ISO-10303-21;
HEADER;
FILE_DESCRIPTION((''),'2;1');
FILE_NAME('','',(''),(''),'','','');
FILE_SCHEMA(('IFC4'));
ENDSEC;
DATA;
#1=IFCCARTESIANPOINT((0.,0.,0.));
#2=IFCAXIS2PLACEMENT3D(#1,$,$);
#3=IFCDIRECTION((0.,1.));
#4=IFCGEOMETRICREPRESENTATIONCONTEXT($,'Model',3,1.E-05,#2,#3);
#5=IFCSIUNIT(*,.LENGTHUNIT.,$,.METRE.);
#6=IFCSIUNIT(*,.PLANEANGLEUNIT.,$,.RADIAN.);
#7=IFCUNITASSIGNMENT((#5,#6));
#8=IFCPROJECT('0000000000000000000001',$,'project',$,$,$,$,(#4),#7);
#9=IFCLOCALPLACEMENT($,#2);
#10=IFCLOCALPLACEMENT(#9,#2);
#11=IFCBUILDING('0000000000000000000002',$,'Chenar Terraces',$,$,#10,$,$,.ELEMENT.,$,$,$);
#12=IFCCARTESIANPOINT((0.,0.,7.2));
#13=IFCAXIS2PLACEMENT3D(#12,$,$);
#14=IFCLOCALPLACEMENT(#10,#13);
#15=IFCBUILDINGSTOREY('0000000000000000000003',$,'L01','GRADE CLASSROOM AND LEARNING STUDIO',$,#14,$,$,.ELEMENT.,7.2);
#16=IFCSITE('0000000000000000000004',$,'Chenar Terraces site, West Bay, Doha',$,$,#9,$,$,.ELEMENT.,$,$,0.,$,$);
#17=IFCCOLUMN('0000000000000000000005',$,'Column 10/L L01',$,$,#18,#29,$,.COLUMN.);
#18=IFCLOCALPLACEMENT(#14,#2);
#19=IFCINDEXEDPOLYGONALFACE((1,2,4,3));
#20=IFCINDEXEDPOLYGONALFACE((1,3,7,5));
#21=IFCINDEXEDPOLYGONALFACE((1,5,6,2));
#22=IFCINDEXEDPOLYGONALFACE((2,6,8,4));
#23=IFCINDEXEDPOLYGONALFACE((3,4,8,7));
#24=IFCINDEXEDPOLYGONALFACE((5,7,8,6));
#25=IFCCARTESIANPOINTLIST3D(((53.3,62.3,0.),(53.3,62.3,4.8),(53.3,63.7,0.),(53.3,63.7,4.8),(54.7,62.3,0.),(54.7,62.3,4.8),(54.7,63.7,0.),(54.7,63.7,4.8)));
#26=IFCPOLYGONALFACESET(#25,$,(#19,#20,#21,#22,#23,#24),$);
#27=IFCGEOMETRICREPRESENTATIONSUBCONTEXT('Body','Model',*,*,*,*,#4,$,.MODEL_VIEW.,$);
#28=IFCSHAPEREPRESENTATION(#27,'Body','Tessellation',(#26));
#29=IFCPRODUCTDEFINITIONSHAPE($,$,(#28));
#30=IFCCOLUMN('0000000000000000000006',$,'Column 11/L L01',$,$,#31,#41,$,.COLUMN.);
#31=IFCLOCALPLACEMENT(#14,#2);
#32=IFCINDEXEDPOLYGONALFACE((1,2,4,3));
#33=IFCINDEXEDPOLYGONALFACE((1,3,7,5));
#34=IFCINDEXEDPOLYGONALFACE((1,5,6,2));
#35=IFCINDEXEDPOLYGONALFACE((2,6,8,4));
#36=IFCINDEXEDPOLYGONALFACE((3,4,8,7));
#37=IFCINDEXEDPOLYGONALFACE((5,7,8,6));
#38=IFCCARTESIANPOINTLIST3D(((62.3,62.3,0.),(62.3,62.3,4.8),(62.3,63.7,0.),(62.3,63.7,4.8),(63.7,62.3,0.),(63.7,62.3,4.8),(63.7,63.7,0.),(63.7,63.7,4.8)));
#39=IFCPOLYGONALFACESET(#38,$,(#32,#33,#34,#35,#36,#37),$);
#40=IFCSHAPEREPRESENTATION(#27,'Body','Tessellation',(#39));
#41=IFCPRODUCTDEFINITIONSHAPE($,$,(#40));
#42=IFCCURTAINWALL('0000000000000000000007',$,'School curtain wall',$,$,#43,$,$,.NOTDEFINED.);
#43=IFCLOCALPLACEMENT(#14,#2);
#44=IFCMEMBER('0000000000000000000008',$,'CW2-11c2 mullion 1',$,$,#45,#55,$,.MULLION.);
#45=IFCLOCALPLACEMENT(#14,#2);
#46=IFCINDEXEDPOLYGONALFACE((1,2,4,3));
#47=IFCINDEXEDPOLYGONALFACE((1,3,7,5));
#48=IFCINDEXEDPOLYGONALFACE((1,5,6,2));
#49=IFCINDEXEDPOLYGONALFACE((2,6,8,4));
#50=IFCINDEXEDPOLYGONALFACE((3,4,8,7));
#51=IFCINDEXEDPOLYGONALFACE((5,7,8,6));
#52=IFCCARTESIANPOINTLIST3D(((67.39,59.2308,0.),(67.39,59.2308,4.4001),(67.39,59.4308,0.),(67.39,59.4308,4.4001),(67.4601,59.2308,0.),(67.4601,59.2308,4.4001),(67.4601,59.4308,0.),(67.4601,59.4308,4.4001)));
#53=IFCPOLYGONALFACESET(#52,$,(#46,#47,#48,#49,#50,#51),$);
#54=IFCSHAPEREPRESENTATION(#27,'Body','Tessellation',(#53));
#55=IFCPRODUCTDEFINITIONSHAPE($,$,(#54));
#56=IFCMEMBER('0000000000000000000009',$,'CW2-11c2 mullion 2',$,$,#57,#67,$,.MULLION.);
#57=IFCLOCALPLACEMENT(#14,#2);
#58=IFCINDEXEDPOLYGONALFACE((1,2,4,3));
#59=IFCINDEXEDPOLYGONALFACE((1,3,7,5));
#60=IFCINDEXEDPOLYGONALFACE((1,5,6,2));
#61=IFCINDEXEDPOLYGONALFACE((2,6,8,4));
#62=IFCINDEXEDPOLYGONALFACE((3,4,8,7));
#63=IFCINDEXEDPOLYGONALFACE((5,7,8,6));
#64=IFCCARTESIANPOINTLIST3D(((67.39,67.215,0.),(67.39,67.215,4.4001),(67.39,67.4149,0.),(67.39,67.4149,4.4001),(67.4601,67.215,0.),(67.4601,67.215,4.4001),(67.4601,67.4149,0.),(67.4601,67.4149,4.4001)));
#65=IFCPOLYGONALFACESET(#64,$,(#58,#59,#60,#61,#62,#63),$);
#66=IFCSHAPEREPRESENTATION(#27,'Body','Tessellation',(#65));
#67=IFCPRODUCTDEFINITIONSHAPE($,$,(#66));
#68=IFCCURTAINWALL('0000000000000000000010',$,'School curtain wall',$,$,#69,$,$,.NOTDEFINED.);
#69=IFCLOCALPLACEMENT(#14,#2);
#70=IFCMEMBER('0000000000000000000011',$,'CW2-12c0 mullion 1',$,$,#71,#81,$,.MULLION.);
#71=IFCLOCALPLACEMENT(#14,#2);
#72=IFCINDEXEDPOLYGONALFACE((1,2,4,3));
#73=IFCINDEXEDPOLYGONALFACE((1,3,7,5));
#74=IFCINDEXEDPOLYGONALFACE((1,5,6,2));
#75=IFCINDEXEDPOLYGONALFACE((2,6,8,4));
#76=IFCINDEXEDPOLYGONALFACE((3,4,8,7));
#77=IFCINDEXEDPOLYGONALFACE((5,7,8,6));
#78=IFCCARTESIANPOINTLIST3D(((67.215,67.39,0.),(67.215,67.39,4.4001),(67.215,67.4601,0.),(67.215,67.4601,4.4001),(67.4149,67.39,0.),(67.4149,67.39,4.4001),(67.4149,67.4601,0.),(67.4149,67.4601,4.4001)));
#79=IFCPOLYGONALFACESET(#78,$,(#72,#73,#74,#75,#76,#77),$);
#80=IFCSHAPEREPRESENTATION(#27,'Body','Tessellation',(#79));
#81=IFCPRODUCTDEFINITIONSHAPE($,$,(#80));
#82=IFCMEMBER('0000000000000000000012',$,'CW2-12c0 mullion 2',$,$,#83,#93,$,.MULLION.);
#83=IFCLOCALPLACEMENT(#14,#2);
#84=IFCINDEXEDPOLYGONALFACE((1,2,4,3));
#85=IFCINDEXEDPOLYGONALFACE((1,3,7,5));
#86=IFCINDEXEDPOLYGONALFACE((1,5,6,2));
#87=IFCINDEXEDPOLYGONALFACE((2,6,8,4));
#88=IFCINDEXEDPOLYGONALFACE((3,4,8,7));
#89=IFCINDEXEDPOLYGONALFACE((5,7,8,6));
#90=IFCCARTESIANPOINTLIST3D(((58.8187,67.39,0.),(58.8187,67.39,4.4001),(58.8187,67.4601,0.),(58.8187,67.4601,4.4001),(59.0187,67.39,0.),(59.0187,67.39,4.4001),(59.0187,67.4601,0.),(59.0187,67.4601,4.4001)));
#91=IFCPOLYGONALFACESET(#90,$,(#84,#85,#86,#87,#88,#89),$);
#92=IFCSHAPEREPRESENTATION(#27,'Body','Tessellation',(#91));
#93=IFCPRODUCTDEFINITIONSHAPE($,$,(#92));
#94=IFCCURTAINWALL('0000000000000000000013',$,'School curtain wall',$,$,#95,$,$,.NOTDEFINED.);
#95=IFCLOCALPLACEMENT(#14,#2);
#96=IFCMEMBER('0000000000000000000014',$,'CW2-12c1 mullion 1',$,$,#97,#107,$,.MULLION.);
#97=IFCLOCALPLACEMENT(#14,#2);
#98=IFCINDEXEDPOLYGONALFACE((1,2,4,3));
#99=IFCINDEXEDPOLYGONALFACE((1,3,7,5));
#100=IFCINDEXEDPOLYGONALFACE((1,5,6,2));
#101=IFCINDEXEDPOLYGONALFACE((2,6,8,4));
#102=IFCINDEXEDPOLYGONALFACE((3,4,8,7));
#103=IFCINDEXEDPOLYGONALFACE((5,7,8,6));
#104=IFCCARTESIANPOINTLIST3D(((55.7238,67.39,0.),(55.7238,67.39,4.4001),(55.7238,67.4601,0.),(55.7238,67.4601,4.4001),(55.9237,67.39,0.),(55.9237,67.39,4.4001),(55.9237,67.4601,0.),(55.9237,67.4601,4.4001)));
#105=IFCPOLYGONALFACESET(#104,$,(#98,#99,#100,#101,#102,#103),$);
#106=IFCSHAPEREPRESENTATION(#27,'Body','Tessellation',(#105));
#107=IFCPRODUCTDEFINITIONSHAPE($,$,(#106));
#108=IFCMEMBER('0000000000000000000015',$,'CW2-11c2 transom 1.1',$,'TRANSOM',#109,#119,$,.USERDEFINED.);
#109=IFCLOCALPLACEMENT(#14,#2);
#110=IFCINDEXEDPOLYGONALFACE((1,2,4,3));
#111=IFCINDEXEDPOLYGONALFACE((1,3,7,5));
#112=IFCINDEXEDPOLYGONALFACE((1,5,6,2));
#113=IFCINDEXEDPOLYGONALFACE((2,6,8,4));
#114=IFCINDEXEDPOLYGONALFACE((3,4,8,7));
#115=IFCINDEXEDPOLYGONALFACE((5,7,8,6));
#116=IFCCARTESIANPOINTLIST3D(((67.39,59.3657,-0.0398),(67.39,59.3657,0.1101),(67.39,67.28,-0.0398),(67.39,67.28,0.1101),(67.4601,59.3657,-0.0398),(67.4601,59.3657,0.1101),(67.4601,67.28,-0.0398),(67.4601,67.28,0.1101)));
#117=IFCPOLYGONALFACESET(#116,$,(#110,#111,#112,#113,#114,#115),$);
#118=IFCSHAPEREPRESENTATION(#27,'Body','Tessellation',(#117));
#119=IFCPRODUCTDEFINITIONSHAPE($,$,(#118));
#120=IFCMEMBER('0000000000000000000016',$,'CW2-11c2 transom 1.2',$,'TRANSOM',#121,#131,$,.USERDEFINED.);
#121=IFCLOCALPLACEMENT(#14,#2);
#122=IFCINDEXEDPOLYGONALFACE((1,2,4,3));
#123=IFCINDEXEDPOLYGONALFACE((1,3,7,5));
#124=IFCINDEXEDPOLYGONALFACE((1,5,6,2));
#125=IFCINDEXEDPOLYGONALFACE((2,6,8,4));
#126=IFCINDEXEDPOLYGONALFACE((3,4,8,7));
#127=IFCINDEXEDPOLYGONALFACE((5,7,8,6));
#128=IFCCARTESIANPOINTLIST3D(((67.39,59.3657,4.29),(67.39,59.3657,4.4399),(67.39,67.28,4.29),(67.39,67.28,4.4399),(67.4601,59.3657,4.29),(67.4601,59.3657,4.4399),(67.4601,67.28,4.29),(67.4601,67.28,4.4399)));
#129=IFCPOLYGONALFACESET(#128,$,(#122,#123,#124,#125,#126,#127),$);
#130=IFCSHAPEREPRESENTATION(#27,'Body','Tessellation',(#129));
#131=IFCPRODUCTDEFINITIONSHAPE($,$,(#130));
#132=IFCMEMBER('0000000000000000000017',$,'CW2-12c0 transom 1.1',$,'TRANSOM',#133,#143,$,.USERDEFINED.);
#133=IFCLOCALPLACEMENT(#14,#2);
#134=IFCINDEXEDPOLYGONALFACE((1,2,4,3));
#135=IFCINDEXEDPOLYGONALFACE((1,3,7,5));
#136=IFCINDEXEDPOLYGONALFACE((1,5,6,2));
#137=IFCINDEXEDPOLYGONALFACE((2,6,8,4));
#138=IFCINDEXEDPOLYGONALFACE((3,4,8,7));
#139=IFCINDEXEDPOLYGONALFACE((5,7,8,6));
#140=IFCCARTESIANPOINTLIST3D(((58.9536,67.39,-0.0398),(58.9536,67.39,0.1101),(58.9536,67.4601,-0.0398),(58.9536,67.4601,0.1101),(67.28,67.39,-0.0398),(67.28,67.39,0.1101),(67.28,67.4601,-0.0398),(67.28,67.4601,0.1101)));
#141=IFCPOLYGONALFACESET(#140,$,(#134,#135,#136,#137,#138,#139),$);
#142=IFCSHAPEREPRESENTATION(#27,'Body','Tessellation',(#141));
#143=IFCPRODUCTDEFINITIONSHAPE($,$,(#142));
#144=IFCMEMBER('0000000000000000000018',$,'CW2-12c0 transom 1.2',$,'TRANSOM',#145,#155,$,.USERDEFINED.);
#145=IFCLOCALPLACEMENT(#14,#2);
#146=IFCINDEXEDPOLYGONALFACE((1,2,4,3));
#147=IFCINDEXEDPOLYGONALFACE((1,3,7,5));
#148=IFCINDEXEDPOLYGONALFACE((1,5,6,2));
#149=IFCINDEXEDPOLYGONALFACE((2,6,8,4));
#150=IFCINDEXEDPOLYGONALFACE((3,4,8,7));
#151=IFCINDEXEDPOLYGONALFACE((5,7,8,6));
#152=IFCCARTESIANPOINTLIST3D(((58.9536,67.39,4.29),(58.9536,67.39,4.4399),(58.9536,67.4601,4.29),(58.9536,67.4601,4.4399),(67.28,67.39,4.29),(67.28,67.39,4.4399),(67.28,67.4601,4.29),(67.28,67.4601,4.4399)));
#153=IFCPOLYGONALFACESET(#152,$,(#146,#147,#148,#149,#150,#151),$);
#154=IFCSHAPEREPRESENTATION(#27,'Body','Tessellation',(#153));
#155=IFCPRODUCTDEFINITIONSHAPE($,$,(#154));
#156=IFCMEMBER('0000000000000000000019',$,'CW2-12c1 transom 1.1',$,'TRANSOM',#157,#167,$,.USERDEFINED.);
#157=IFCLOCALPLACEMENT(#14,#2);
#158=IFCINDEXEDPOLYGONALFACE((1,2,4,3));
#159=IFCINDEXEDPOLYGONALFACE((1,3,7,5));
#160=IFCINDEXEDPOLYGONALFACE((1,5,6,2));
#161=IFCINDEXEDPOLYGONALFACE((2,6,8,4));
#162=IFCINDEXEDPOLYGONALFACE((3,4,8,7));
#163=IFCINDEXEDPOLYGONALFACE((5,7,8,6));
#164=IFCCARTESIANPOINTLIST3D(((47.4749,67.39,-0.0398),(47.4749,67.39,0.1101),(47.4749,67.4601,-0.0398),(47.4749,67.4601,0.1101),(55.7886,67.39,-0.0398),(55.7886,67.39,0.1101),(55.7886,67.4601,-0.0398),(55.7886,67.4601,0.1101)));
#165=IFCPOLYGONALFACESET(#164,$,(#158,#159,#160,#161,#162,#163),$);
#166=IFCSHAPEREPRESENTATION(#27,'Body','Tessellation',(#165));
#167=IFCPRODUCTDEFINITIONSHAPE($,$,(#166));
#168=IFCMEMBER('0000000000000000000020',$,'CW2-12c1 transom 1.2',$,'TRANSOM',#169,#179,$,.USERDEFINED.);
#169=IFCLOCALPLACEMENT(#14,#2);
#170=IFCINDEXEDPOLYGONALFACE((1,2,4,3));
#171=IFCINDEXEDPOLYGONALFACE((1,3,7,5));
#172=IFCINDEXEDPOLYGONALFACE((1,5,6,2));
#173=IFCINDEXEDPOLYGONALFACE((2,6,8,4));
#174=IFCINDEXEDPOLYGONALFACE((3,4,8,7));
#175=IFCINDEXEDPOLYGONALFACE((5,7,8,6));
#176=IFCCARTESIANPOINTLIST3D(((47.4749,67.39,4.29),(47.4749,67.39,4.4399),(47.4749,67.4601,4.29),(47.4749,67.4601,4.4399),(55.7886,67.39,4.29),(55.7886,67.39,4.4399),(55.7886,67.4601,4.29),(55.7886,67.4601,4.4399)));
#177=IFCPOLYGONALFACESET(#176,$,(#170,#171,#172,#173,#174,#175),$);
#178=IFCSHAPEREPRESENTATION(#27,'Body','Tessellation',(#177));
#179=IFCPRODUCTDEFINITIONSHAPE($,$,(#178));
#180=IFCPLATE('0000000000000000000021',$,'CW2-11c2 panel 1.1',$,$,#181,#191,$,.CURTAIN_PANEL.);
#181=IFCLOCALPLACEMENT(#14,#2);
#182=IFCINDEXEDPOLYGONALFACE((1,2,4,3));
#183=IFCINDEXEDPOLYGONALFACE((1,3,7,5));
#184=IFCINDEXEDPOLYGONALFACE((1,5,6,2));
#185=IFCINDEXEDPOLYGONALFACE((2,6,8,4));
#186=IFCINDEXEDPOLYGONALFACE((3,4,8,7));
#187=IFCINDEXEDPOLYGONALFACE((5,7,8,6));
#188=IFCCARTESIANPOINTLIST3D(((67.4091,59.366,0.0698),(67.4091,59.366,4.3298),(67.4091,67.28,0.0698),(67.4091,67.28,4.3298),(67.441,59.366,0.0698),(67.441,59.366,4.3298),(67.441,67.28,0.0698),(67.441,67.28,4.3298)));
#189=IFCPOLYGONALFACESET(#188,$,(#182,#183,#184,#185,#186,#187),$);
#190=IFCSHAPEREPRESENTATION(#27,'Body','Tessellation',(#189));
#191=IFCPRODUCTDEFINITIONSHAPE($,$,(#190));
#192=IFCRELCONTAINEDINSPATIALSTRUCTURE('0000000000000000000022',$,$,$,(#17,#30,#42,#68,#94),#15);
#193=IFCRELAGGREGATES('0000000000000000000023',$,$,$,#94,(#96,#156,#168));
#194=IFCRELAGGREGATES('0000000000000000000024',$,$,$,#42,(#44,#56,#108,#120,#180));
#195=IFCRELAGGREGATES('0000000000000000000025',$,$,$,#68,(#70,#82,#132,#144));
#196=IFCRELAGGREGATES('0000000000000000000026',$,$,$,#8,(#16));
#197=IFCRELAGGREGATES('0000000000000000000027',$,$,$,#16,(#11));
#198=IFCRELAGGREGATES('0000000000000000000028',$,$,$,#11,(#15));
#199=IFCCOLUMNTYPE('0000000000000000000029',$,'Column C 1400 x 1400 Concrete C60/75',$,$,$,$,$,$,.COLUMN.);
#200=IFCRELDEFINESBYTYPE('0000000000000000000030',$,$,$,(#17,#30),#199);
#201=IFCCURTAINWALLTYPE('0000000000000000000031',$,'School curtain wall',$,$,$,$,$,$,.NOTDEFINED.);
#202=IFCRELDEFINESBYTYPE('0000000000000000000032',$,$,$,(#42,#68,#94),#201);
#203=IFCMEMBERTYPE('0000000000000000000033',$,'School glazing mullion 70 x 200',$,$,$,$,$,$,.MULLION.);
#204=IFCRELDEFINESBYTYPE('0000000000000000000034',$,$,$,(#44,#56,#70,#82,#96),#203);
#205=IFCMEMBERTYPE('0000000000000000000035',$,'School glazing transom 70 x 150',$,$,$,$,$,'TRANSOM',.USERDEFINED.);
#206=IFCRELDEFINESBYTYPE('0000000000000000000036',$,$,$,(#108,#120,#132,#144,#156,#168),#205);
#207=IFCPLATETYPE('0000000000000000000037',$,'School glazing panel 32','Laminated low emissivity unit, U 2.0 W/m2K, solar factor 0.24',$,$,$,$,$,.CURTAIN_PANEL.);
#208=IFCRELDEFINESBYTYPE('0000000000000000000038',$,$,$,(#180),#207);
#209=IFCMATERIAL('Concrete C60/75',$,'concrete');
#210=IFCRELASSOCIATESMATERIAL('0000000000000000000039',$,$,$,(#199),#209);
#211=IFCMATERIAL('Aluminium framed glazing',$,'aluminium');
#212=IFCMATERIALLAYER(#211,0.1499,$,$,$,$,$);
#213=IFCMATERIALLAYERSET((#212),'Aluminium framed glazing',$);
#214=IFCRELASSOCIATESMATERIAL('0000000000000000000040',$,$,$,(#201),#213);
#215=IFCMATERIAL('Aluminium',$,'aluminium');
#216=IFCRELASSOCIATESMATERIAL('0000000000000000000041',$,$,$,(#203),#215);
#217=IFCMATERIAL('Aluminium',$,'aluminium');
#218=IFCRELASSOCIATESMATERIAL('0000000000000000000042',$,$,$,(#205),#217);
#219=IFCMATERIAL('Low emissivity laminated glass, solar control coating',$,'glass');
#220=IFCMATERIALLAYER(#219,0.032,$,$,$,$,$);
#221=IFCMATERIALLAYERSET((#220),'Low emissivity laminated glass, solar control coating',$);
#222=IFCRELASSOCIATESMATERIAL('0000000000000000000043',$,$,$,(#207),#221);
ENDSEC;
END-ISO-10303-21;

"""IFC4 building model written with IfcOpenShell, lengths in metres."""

from ifc_helpers import new_model, si_unit, direction, frame, origin, origin_2d, place, context, subcontext, project, spatial, rectangle, extrude, material, layer, layer_set, material_profile, profile_set, type_object, element, aggregate, save


model = new_model("IFC4")

# Units and contexts
model_context = context("Model", 3, precision=1e-05, world=origin(), true_north=direction((0.0, 1.0)))
body_context = subcontext(model_context, "Body", "Model", "MODEL_VIEW")
ifc_project = project(units=[si_unit("LENGTHUNIT", "METRE"), si_unit("PLANEANGLEUNIT", "RADIAN")], contexts=[model_context])

# Site, building, storey
site_placement = place(None, origin())
site = spatial("IfcSite", under=ifc_project, at=site_placement, Name="Chenar Terraces site, West Bay, Doha", CompositionType="ELEMENT", RefElevation=0.0)
building_placement = place(site_placement, origin())
building = spatial("IfcBuilding", under=site, at=building_placement, Name="Chenar Terraces", CompositionType="ELEMENT")
storey_placement = place(building_placement, frame((0.0, 0.0, 7.2)))
storey = spatial("IfcBuildingStorey", under=building, at=storey_placement, Name="L01", Description="GRADE CLASSROOM AND LEARNING STUDIO", CompositionType="ELEMENT", Elevation=7.2)

# Columns
ifc_material_1 = material(Name="Concrete C60/75", Category="concrete")
ifc_material_profile_1 = material_profile(ifc_material_1, rectangle(XDim=1.3999, YDim=1.3999, at=origin_2d()), Name="C 1400 x 1400")
ifc_profile_set_1 = profile_set([ifc_material_profile_1], Name="Concrete C60/75")
column_type = type_object("IfcColumnType", Name="Column C 1400 x 1400 Concrete C60/75", PredefinedType="COLUMN", material=ifc_profile_set_1)
for number, where, z_axis, x_axis, name in (
    (1, (54.0, 63.0, 0.0), (0.0, 0.0, 1.0), (1.0, 0.0, 0.0), "Column 10/L L01"),
    (2, (63.0, 63.0, 0.0), (0.0, 0.0, 1.0), (1.0, 0.0, 0.0), "Column 11/L L01"),
):
    element("IfcColumn", number, at=place(storey_placement, frame(where, z_axis=z_axis, x_axis=x_axis)), inside=storey, type_object=column_type, Name=name, PredefinedType="COLUMN", context=body_context, shape_type="SweptSolid", body=[
        extrude(rectangle(XDim=1.3999, YDim=1.3999, at=origin_2d()), origin(), (0.0, 0.0, 1.0), 4.8),
    ])

# Curtain walls, members
ifc_material_2 = material(Name="Aluminium framed glazing", Category="aluminium")
ifc_layer_1 = layer(ifc_material_2, 0.1499)
ifc_layer_set_1 = layer_set([ifc_layer_1], Name="Aluminium framed glazing")
curtain_wall_type = type_object("IfcCurtainWallType", Name="School curtain wall", PredefinedType="NOTDEFINED", material=ifc_layer_set_1)
placement = place(storey_placement, origin())
curtain_wall_1 = element("IfcCurtainWall", 3, at=placement, inside=storey, type_object=curtain_wall_type, Name="School curtain wall", PredefinedType="NOTDEFINED")
ifc_material_3 = material(Name="Aluminium", Category="aluminium")
ifc_material_profile_2 = material_profile(ifc_material_3, rectangle(XDim=0.0701, YDim=0.2, at=origin_2d()), Name="School glazing mullion 70 x 200")
ifc_profile_set_2 = profile_set([ifc_material_profile_2], Name="Aluminium")
member_type_1 = type_object("IfcMemberType", Name="School glazing mullion 70 x 200", PredefinedType="MULLION", material=ifc_profile_set_2)
member_1_placement = place(storey_placement, frame((67.425, 59.3308, 0.0), z_axis=(0.0, 0.0, 1.0), x_axis=(-1.0, 0.0, 0.0)))
member_1 = element("IfcMember", 4, at=member_1_placement, type_object=member_type_1, Name="CW2-11c2 mullion 1", PredefinedType="MULLION", context=body_context, shape_type="SweptSolid", body=[
    extrude(rectangle(XDim=0.0701, YDim=0.2, at=origin_2d()), origin(), (0.0, 0.0, 1.0), 4.4001),
])
member_2_placement = place(storey_placement, frame((67.425, 67.3149, 0.0), z_axis=(0.0, 0.0, 1.0), x_axis=(-1.0, 0.0, 0.0)))
member_2 = element("IfcMember", 5, at=member_2_placement, type_object=member_type_1, Name="CW2-11c2 mullion 2", PredefinedType="MULLION", context=body_context, shape_type="SweptSolid", body=[
    extrude(rectangle(XDim=0.0701, YDim=0.2, at=origin_2d()), origin(), (0.0, 0.0, 1.0), 4.4001),
])
curtain_wall_2 = element("IfcCurtainWall", 6, at=placement, inside=storey, type_object=curtain_wall_type, Name="School curtain wall", PredefinedType="NOTDEFINED")
member_3_placement = place(storey_placement, frame((67.3149, 67.425, 0.0), z_axis=(0.0, 0.0, 1.0), x_axis=(0.0, -1.0, 0.0)))
member_3 = element("IfcMember", 7, at=member_3_placement, type_object=member_type_1, Name="CW2-12c0 mullion 1", PredefinedType="MULLION", context=body_context, shape_type="SweptSolid", body=[
    extrude(rectangle(XDim=0.0701, YDim=0.2, at=origin_2d()), origin(), (0.0, 0.0, 1.0), 4.4001),
])
member_4_placement = place(storey_placement, frame((58.9187, 67.425, 0.0), z_axis=(0.0, 0.0, 1.0), x_axis=(0.0, -1.0, 0.0)))
member_4 = element("IfcMember", 8, at=member_4_placement, type_object=member_type_1, Name="CW2-12c0 mullion 2", PredefinedType="MULLION", context=body_context, shape_type="SweptSolid", body=[
    extrude(rectangle(XDim=0.0701, YDim=0.2, at=origin_2d()), origin(), (0.0, 0.0, 1.0), 4.4001),
])

# Curtain wall, member
curtain_wall_3 = element("IfcCurtainWall", 9, at=placement, inside=storey, type_object=curtain_wall_type, Name="School curtain wall", PredefinedType="NOTDEFINED")
member_5_placement = place(storey_placement, frame((55.8237, 67.425, 0.0), z_axis=(0.0, 0.0, 1.0), x_axis=(0.0, -1.0, 0.0)))
member_5 = element("IfcMember", 10, at=member_5_placement, type_object=member_type_1, Name="CW2-12c1 mullion 1", PredefinedType="MULLION", context=body_context, shape_type="SweptSolid", body=[
    extrude(rectangle(XDim=0.0701, YDim=0.2, at=origin_2d()), origin(), (0.0, 0.0, 1.0), 4.4001),
])

# Members
ifc_material_4 = material(Name="Aluminium", Category="aluminium")
ifc_material_profile_3 = material_profile(ifc_material_4, rectangle(XDim=0.0701, YDim=0.1499, at=origin_2d()), Name="School glazing transom 70 x 150")
ifc_profile_set_3 = profile_set([ifc_material_profile_3], Name="Aluminium")
member_type_2 = type_object("IfcMemberType", Name="School glazing transom 70 x 150", ElementType="TRANSOM", PredefinedType="USERDEFINED", material=ifc_profile_set_3)
member_6_placement = place(storey_placement, frame((67.425, 59.3657, 0.0352), z_axis=(0.0, 1.0, 0.0), x_axis=(-1.0, 0.0, 0.0)))
member_6 = element("IfcMember", 11, at=member_6_placement, type_object=member_type_2, Name="CW2-11c2 transom 1.1", ObjectType="TRANSOM", PredefinedType="USERDEFINED", context=body_context, shape_type="SweptSolid", body=[
    extrude(rectangle(XDim=0.0701, YDim=0.1499, at=origin_2d()), origin(), (0.0, 0.0, 1.0), 7.9143),
])
member_7_placement = place(storey_placement, frame((67.425, 59.3657, 4.365), z_axis=(0.0, 1.0, 0.0), x_axis=(-1.0, 0.0, 0.0)))
member_7 = element("IfcMember", 12, at=member_7_placement, type_object=member_type_2, Name="CW2-11c2 transom 1.2", ObjectType="TRANSOM", PredefinedType="USERDEFINED", context=body_context, shape_type="SweptSolid", body=[
    extrude(rectangle(XDim=0.0701, YDim=0.1499, at=origin_2d()), origin(), (0.0, 0.0, 1.0), 7.9143),
])
member_8_placement = place(storey_placement, frame((67.28, 67.425, 0.0352), z_axis=(-1.0, 0.0, 0.0), x_axis=(0.0, -1.0, 0.0)))
member_8 = element("IfcMember", 13, at=member_8_placement, type_object=member_type_2, Name="CW2-12c0 transom 1.1", ObjectType="TRANSOM", PredefinedType="USERDEFINED", context=body_context, shape_type="SweptSolid", body=[
    extrude(rectangle(XDim=0.0701, YDim=0.1499, at=origin_2d()), origin(), (0.0, 0.0, 1.0), 8.3264),
])
member_9_placement = place(storey_placement, frame((67.28, 67.425, 4.365), z_axis=(-1.0, 0.0, 0.0), x_axis=(0.0, -1.0, 0.0)))
member_9 = element("IfcMember", 14, at=member_9_placement, type_object=member_type_2, Name="CW2-12c0 transom 1.2", ObjectType="TRANSOM", PredefinedType="USERDEFINED", context=body_context, shape_type="SweptSolid", body=[
    extrude(rectangle(XDim=0.0701, YDim=0.1499, at=origin_2d()), origin(), (0.0, 0.0, 1.0), 8.3264),
])
member_10_placement = place(storey_placement, frame((55.7886, 67.425, 0.0352), z_axis=(-1.0, 0.0, 0.0), x_axis=(0.0, -1.0, 0.0)))
member_10 = element("IfcMember", 15, at=member_10_placement, type_object=member_type_2, Name="CW2-12c1 transom 1.1", ObjectType="TRANSOM", PredefinedType="USERDEFINED", context=body_context, shape_type="SweptSolid", body=[
    extrude(rectangle(XDim=0.0701, YDim=0.1499, at=origin_2d()), origin(), (0.0, 0.0, 1.0), 8.3137),
])
member_11_placement = place(storey_placement, frame((55.7886, 67.425, 4.365), z_axis=(-1.0, 0.0, 0.0), x_axis=(0.0, -1.0, 0.0)))
member_11 = element("IfcMember", 16, at=member_11_placement, type_object=member_type_2, Name="CW2-12c1 transom 1.2", ObjectType="TRANSOM", PredefinedType="USERDEFINED", context=body_context, shape_type="SweptSolid", body=[
    extrude(rectangle(XDim=0.0701, YDim=0.1499, at=origin_2d()), origin(), (0.0, 0.0, 1.0), 8.3137),
])
aggregate(curtain_wall_3, [member_5, member_10, member_11])

# Plate
ifc_material_5 = material(Name="Low emissivity laminated glass, solar control coating", Category="glass")
ifc_layer_2 = layer(ifc_material_5, 0.032)
ifc_layer_set_2 = layer_set([ifc_layer_2], Name="Low emissivity laminated glass, solar control coating")
plate_type = type_object("IfcPlateType", Name="School glazing panel 32", Description="Laminated low emissivity unit, U 2.0 W/m2K, solar factor 0.24", PredefinedType="CURTAIN_PANEL", material=ifc_layer_set_2)
plate_1_placement = place(storey_placement, frame((67.425, 63.323, 0.0698), z_axis=(0.0, 0.0, 1.0), x_axis=(0.0, 1.0, 0.0)))
plate_1 = element("IfcPlate", 17, at=plate_1_placement, type_object=plate_type, Name="CW2-11c2 panel 1.1", PredefinedType="CURTAIN_PANEL", context=body_context, shape_type="SweptSolid", body=[
    extrude(rectangle(XDim=7.9141, YDim=0.032, at=origin_2d()), origin(), (0.0, 0.0, 1.0), 4.26),
])
aggregate(curtain_wall_1, [member_1, member_2, member_6, member_7, plate_1])
aggregate(curtain_wall_2, [member_3, member_4, member_8, member_9])

save(model, "model.ifc")
